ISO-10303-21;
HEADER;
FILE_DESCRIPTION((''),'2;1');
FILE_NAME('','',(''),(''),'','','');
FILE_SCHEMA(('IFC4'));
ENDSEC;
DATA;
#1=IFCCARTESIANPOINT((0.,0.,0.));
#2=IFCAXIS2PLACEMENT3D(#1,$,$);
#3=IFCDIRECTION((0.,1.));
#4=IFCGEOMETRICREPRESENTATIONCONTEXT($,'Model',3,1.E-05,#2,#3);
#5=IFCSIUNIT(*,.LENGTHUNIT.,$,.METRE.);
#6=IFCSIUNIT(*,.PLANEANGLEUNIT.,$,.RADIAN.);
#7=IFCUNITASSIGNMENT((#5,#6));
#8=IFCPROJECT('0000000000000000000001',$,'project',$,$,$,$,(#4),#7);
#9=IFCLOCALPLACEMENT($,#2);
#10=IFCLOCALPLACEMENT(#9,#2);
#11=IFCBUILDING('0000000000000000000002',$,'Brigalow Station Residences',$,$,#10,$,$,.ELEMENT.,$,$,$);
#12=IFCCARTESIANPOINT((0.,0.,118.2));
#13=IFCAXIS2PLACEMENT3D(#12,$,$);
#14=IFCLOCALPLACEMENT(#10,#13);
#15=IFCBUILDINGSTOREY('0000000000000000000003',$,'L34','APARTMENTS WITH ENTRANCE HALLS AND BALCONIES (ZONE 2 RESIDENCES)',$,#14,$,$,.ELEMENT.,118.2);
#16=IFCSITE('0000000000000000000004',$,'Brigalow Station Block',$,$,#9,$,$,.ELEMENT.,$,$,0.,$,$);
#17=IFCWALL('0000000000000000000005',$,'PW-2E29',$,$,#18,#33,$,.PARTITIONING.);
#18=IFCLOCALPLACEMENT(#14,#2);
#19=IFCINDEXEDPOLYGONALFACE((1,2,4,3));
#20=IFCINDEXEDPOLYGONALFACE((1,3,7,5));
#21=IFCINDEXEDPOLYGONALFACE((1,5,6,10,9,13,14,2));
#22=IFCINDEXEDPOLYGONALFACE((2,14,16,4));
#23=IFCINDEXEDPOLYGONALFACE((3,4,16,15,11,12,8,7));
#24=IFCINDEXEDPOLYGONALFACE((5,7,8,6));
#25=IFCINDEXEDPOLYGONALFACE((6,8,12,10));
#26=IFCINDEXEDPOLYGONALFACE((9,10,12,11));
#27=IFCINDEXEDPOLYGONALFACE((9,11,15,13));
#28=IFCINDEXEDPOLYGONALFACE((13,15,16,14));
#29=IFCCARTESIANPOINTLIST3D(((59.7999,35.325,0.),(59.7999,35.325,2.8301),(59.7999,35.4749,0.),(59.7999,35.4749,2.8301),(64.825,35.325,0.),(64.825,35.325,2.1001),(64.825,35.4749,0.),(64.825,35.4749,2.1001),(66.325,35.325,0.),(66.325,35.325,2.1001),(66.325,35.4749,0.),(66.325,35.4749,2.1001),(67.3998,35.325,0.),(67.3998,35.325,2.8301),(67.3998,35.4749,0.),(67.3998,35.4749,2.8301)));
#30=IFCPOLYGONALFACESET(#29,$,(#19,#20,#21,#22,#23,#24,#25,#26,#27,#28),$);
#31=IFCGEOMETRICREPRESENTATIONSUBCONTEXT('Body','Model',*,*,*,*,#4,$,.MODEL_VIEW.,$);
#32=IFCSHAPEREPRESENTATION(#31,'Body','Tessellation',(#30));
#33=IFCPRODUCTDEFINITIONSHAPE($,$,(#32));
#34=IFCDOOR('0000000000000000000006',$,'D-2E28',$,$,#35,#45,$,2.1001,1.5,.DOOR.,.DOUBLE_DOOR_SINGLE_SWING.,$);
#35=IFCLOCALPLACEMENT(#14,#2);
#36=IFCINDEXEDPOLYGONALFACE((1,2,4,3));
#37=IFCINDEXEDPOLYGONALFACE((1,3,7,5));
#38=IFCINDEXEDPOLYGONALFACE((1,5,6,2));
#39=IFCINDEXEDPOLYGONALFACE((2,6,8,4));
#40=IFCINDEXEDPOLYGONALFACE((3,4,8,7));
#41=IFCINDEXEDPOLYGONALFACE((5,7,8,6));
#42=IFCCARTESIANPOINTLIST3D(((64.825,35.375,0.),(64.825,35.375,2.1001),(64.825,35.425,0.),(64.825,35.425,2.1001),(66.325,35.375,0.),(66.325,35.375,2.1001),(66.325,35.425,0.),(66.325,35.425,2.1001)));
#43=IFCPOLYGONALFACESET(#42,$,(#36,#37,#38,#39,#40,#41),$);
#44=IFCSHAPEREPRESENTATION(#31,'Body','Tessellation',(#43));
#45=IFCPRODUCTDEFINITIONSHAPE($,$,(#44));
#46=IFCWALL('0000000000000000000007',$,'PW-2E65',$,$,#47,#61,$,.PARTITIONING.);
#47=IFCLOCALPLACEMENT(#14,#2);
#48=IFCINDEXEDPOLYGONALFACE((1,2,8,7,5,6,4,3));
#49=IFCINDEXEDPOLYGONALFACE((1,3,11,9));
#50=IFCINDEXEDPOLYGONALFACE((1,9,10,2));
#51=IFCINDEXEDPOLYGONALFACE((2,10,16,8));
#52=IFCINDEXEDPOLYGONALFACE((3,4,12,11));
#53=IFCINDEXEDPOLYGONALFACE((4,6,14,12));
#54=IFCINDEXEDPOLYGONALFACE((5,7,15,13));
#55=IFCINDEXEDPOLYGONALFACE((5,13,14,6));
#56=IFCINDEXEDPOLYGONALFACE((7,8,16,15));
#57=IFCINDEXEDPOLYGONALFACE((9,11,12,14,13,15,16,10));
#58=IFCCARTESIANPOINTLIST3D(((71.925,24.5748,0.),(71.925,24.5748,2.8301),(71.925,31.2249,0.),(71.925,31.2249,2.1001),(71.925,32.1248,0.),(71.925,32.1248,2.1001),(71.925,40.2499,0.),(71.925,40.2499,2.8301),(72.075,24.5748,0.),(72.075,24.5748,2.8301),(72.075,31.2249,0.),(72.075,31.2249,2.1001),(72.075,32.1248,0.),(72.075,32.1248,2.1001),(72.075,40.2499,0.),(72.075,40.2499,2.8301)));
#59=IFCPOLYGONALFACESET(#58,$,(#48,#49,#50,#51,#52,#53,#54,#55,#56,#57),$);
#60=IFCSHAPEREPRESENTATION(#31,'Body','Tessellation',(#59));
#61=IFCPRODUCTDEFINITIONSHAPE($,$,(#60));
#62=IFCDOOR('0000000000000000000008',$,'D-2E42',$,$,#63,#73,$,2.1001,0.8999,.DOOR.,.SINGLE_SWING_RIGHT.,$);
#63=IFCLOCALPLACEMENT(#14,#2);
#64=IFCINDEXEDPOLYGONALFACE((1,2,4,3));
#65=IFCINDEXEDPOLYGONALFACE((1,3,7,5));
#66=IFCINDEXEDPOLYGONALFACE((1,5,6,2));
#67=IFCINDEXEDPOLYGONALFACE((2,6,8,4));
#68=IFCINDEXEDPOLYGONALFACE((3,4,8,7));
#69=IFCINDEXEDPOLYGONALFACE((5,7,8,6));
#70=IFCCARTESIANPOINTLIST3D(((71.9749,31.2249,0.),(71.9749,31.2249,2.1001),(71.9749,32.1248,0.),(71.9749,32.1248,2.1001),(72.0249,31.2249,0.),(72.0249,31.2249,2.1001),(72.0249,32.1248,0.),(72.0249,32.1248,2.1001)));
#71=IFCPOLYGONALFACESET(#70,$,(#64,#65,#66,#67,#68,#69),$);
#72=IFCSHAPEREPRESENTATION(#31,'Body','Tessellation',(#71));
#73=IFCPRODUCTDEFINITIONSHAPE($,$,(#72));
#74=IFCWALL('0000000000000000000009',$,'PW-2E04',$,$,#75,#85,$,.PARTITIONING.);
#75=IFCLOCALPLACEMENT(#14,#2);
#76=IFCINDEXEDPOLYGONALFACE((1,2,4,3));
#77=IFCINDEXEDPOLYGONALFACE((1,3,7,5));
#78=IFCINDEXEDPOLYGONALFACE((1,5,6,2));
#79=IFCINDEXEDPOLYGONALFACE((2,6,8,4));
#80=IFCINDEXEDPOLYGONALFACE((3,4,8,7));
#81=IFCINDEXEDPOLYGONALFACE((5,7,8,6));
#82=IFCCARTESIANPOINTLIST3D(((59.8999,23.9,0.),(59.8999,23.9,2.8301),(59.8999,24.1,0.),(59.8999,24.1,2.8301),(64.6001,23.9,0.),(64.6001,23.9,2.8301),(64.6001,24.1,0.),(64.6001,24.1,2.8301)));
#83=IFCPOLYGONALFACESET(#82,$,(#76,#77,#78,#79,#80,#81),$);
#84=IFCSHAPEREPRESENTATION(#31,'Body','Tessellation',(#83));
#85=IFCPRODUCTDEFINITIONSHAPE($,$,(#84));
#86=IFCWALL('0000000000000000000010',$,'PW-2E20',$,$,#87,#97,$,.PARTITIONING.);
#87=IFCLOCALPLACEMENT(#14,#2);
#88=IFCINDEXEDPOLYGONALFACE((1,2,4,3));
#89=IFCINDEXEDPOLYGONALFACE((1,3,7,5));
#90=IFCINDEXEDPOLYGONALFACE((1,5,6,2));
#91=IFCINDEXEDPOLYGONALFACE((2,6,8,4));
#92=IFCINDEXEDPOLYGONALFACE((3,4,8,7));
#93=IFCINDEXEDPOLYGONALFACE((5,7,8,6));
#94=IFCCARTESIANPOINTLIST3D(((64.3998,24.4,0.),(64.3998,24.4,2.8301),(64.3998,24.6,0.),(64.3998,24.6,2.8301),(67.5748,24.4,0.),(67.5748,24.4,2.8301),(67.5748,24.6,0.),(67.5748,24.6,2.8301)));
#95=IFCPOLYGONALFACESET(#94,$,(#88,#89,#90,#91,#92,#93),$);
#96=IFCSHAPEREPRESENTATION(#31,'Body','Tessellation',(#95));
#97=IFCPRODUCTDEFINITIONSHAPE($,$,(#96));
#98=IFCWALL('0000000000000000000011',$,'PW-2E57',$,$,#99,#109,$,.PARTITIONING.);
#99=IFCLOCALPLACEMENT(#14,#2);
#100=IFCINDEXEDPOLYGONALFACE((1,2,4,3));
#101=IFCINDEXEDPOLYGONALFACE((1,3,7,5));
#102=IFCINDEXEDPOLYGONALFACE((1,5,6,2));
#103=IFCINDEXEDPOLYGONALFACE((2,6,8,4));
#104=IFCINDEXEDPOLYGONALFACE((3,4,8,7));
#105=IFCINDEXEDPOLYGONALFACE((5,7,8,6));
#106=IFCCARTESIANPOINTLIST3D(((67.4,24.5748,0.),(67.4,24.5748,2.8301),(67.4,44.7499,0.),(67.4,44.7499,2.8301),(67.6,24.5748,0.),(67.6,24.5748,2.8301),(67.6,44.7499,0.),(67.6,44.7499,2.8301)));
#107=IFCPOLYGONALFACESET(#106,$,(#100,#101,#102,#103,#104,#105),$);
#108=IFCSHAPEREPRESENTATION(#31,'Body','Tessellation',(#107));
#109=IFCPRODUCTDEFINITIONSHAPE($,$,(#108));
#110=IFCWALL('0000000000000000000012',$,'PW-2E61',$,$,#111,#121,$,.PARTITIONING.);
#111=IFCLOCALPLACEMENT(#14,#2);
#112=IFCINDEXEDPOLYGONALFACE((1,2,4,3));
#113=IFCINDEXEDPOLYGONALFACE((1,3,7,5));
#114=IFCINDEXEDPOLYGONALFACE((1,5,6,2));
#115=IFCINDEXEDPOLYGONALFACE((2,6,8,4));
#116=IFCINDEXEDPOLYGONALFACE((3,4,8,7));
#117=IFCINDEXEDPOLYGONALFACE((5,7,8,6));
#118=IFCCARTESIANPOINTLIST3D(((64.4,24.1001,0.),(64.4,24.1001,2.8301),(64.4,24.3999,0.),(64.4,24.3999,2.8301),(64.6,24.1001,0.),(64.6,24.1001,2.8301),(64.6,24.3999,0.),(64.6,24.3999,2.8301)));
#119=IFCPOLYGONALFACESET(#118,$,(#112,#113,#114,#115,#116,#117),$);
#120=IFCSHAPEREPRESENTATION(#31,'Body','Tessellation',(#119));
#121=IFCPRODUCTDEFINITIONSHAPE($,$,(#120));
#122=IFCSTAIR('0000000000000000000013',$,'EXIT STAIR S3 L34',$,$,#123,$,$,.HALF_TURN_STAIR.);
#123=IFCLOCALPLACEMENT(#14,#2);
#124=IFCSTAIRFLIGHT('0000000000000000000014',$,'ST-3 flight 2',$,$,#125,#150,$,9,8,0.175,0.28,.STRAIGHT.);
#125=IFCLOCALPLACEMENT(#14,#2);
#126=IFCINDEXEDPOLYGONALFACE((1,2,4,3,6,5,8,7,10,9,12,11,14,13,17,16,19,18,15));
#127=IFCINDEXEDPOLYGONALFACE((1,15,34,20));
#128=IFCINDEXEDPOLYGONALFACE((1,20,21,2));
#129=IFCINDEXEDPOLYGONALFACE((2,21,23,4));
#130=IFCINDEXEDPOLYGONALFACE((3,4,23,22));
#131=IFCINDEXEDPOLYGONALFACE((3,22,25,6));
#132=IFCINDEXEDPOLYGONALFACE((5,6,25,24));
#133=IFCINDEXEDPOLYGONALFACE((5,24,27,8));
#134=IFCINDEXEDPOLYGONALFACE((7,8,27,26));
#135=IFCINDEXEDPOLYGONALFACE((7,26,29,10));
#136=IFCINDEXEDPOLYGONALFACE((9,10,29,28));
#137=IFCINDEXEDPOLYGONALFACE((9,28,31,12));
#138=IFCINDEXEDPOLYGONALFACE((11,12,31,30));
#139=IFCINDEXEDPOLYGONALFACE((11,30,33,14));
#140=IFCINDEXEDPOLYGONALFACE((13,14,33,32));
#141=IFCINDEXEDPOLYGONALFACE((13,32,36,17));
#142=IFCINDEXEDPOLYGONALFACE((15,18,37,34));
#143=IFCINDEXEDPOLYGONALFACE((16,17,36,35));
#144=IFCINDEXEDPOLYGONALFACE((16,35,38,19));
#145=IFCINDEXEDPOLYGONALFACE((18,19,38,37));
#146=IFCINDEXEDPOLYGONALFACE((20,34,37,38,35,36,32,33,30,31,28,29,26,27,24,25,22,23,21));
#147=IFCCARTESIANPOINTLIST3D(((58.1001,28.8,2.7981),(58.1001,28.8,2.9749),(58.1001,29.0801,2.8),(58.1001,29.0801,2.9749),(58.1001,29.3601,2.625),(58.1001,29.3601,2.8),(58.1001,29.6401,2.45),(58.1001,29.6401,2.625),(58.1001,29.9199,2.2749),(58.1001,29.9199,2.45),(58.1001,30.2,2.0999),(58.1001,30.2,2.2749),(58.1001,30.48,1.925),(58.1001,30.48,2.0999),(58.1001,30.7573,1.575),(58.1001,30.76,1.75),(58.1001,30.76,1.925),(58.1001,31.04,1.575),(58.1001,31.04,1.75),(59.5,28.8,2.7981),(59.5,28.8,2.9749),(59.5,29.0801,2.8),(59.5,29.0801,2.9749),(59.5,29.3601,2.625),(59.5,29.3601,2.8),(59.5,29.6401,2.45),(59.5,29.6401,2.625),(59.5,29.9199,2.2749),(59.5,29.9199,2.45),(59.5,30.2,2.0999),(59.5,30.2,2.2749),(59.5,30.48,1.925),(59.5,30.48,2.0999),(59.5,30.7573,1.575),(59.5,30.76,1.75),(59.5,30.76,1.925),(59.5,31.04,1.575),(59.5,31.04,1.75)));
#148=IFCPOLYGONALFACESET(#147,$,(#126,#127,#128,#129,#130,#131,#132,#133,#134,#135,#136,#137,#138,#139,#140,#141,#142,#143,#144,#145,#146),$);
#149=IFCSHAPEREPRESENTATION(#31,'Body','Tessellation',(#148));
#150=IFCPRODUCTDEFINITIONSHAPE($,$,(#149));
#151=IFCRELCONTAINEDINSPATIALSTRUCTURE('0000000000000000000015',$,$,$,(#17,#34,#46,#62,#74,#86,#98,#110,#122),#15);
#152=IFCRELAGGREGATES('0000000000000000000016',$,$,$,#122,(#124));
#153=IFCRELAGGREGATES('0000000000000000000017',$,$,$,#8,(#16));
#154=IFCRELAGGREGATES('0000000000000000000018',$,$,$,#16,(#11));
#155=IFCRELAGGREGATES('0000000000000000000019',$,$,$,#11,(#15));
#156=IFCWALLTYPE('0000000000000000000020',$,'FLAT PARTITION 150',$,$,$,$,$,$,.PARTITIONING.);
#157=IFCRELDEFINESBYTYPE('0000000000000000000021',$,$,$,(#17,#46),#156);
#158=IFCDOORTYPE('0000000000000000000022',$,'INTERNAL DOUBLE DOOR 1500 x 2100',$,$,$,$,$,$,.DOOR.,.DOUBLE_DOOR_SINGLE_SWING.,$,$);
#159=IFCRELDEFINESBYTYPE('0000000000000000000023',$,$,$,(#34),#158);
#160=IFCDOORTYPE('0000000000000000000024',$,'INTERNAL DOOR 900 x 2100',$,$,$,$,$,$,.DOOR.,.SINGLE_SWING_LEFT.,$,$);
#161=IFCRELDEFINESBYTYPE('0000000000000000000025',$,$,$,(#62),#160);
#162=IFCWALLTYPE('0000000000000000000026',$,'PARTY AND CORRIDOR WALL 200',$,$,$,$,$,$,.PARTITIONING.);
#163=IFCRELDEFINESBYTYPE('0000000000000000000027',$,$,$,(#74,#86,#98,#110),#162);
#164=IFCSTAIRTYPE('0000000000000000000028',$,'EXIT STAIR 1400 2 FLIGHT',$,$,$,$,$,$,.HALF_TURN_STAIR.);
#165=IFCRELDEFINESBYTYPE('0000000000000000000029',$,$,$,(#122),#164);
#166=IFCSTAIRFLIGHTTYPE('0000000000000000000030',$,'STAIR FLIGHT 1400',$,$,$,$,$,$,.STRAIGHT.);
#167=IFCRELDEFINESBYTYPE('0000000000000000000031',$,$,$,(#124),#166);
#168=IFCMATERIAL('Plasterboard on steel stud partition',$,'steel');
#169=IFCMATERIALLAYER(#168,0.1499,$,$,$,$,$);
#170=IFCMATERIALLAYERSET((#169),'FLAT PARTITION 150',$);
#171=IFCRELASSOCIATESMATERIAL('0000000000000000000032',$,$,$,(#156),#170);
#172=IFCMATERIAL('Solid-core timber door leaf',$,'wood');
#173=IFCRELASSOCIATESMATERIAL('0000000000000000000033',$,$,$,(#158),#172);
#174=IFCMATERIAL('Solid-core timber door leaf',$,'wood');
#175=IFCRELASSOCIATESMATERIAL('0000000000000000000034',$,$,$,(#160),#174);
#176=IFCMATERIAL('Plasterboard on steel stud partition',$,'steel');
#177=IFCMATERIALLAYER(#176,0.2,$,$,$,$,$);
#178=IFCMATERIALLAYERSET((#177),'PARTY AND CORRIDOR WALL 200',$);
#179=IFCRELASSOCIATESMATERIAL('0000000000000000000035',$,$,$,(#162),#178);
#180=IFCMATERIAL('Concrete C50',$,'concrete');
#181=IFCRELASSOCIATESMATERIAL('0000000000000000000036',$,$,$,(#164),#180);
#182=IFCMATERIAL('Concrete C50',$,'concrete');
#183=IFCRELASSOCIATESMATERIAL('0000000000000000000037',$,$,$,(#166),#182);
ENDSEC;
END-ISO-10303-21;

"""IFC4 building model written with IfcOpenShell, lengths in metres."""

from ifc_helpers import new_model, si_unit, direction, frame, frame_2d, origin, place, context, subcontext, project, spatial, polyline, rectangle, outline, extrude, material, layer, layer_set, type_object, element, fill, aggregate, save


model = new_model("IFC4")

# Units and contexts
model_context = context("Model", 3, precision=1e-05, world=origin(), true_north=direction((0.0, 1.0)))
body_context = subcontext(model_context, "Body", "Model", "MODEL_VIEW")
ifc_project = project(units=[si_unit("LENGTHUNIT", "METRE"), si_unit("PLANEANGLEUNIT", "RADIAN")], contexts=[model_context])

# Site, building, storey
site_placement = place(None, origin())
site = spatial("IfcSite", under=ifc_project, at=site_placement, Name="Brigalow Station Block", CompositionType="ELEMENT", RefElevation=0.0)
building_placement = place(site_placement, origin())
building = spatial("IfcBuilding", under=site, at=building_placement, Name="Brigalow Station Residences", CompositionType="ELEMENT")
storey_placement = place(building_placement, frame((0.0, 0.0, 118.2)))
storey = spatial("IfcBuildingStorey", under=building, at=storey_placement, Name="L34", Description="APARTMENTS WITH ENTRANCE HALLS AND BALCONIES (ZONE 2 RESIDENCES)", CompositionType="ELEMENT", Elevation=118.2)

# Shared definitions
ifc_material_1 = material(Name="Plasterboard on steel stud partition", Category="steel")
ifc_layer_1 = layer(ifc_material_1, 0.1499)
ifc_layer_set_1 = layer_set([ifc_layer_1], Name="FLAT PARTITION 150")
wall_type_1 = type_object("IfcWallType", Name="FLAT PARTITION 150", PredefinedType="PARTITIONING", material=ifc_layer_set_1)
ifc_material_2 = material(Name="Solid-core timber door leaf", Category="wood")
door_type_1 = type_object("IfcDoorType", Name="INTERNAL DOUBLE DOOR 1500 x 2100", OperationType="DOUBLE_DOOR_SINGLE_SWING", PredefinedType="DOOR", material=ifc_material_2)
ifc_material_3 = material(Name="Solid-core timber door leaf", Category="wood")
door_type_2 = type_object("IfcDoorType", Name="INTERNAL DOOR 900 x 2100", OperationType="SINGLE_SWING_LEFT", PredefinedType="DOOR", material=ifc_material_3)

# Walls, openings, doors
wall_1_placement = place(storey_placement, frame((59.8, 35.3999, 0.0), z_axis=(0.0, 0.0, 1.0), x_axis=(1.0, 0.0, 0.0)))
wall_1 = element("IfcWall", 1, at=wall_1_placement, inside=storey, type_object=wall_type_1, Name="PW-2E29", PredefinedType="PARTITIONING", context=body_context, shape_type="SweptSolid", body=[
    extrude(rectangle(XDim=7.5999, YDim=0.1499, at=frame_2d((3.7998, 0.0))), origin(), (0.0, 0.0, 1.0), 2.8301),
])
opening_1_placement = place(wall_1_placement, frame((5.0249, 0.0, 0.0)))
opening_1 = element("IfcOpeningElement", 2, at=opening_1_placement, cuts=wall_1, PredefinedType="OPENING", context=body_context, shape_type="SweptSolid", body=[
    extrude(rectangle(XDim=1.5, YDim=2.1001, at=frame_2d((0.75, 1.05))), frame((0.0, 0.085, 0.0), z_axis=(0.0, -1.0, 0.0), x_axis=(1.0, 0.0, 0.0)), (0.0, 0.0, 1.0), 0.1699),
])
door_1_placement = place(opening_1_placement, frame((1.5, 0.0, 0.0), z_axis=(0.0, 0.0, 1.0), x_axis=(-1.0, 0.0, 0.0)))
door_1 = element("IfcDoor", 3, at=door_1_placement, inside=storey, type_object=door_type_1, Name="D-2E28", OperationType="DOUBLE_DOOR_SINGLE_SWING", OverallHeight=2.1001, OverallWidth=1.5, PredefinedType="DOOR", context=body_context, shape_type="SweptSolid", body=[
    extrude(rectangle(XDim=1.5, YDim=2.1001, at=frame_2d((0.75, 1.05))), frame((0.0, 0.0249, 0.0), z_axis=(0.0, -1.0, 0.0), x_axis=(1.0, 0.0, 0.0)), (0.0, 0.0, 1.0), 0.05),
])
fill(opening_1, door_1)
wall_2_placement = place(storey_placement, frame((72.0, 24.575, 0.0), z_axis=(0.0, 0.0, 1.0), x_axis=(0.0, 1.0, 0.0)))
wall_2 = element("IfcWall", 4, at=wall_2_placement, inside=storey, type_object=wall_type_1, Name="PW-2E65", PredefinedType="PARTITIONING", context=body_context, shape_type="SweptSolid", body=[
    extrude(rectangle(XDim=15.675, YDim=0.1499, at=frame_2d((7.8374, 0.0))), origin(), (0.0, 0.0, 1.0), 2.8301),
])
opening_2_placement = place(wall_2_placement, frame((6.6499, 0.0, 0.0)))
opening_2 = element("IfcOpeningElement", 5, at=opening_2_placement, cuts=wall_2, PredefinedType="OPENING", context=body_context, shape_type="SweptSolid", body=[
    extrude(rectangle(XDim=0.8999, YDim=2.1001, at=frame_2d((0.45, 1.05))), frame((0.0, 0.085, 0.0), z_axis=(0.0, -1.0, 0.0), x_axis=(1.0, 0.0, 0.0)), (0.0, 0.0, 1.0), 0.1699),
])
door_2_placement = place(opening_2_placement, frame((0.8999, 0.0, 0.0), z_axis=(0.0, 0.0, 1.0), x_axis=(-1.0, 0.0, 0.0)))
door_2 = element("IfcDoor", 6, at=door_2_placement, inside=storey, type_object=door_type_2, Name="D-2E42", OperationType="SINGLE_SWING_RIGHT", OverallHeight=2.1001, OverallWidth=0.8999, PredefinedType="DOOR", context=body_context, shape_type="SweptSolid", body=[
    extrude(rectangle(XDim=0.8999, YDim=2.1001, at=frame_2d((0.45, 1.05))), frame((0.0, 0.0249, 0.0), z_axis=(0.0, -1.0, 0.0), x_axis=(1.0, 0.0, 0.0)), (0.0, 0.0, 1.0), 0.05),
])
fill(opening_2, door_2)

# Walls
ifc_material_4 = material(Name="Plasterboard on steel stud partition", Category="steel")
ifc_layer_2 = layer(ifc_material_4, 0.2)
ifc_layer_set_2 = layer_set([ifc_layer_2], Name="PARTY AND CORRIDOR WALL 200")
wall_type_2 = type_object("IfcWallType", Name="PARTY AND CORRIDOR WALL 200", PredefinedType="PARTITIONING", material=ifc_layer_set_2)
wall_3_placement = place(storey_placement, frame((59.8999, 24.0, 0.0), z_axis=(0.0, 0.0, 1.0), x_axis=(1.0, 0.0, 0.0)))
element("IfcWall", 7, at=wall_3_placement, inside=storey, type_object=wall_type_2, Name="PW-2E04", PredefinedType="PARTITIONING", context=body_context, shape_type="SweptSolid", body=[
    extrude(rectangle(XDim=4.7002, YDim=0.2, at=frame_2d((2.3501, 0.0))), origin(), (0.0, 0.0, 1.0), 2.8301),
])
wall_4_placement = place(storey_placement, frame((64.3999, 24.5, 0.0), z_axis=(0.0, 0.0, 1.0), x_axis=(1.0, 0.0, 0.0)))
element("IfcWall", 8, at=wall_4_placement, inside=storey, type_object=wall_type_2, Name="PW-2E20", PredefinedType="PARTITIONING", context=body_context, shape_type="SweptSolid", body=[
    extrude(rectangle(XDim=3.175, YDim=0.2, at=frame_2d((1.5874, 0.0))), origin(), (0.0, 0.0, 1.0), 2.8301),
])
wall_5_placement = place(storey_placement, frame((67.5, 24.575, 0.0), z_axis=(0.0, 0.0, 1.0), x_axis=(0.0, 1.0, 0.0)))
element("IfcWall", 9, at=wall_5_placement, inside=storey, type_object=wall_type_2, Name="PW-2E57", PredefinedType="PARTITIONING", context=body_context, shape_type="SweptSolid", body=[
    extrude(rectangle(XDim=20.175, YDim=0.2, at=frame_2d((10.0874, 0.0))), origin(), (0.0, 0.0, 1.0), 2.8301),
])
wall_6_placement = place(storey_placement, frame((64.5, 24.1001, 0.0), z_axis=(0.0, 0.0, 1.0), x_axis=(0.0, 1.0, 0.0)))
element("IfcWall", 10, at=wall_6_placement, inside=storey, type_object=wall_type_2, Name="PW-2E61", PredefinedType="PARTITIONING", context=body_context, shape_type="SweptSolid", body=[
    extrude(rectangle(XDim=0.2998, YDim=0.2, at=frame_2d((0.1499, 0.0))), origin(), (0.0, 0.0, 1.0), 2.8301),
])

# Stair, stair flight
ifc_material_5 = material(Name="Concrete C50", Category="concrete")
stair_type = type_object("IfcStairType", Name="EXIT STAIR 1400 2 FLIGHT", PredefinedType="HALF_TURN_STAIR", material=ifc_material_5)
stair_placement = place(storey_placement, origin())
stair = element("IfcStair", 11, at=stair_placement, inside=storey, type_object=stair_type, Name="EXIT STAIR S3 L34", PredefinedType="HALF_TURN_STAIR")
ifc_material_6 = material(Name="Concrete C50", Category="concrete")
stair_flight_type = type_object("IfcStairFlightType", Name="STAIR FLIGHT 1400", PredefinedType="STRAIGHT", material=ifc_material_6)
stair_flight_placement = place(storey_placement, frame((58.8, 31.04, 1.575), z_axis=(0.0, 0.0, 1.0), x_axis=(0.0, -1.0, 0.0)))
stair_flight = element("IfcStairFlight", 12, at=stair_flight_placement, type_object=stair_flight_type, Name="ST-3 flight 2", NumberOfRisers=9, NumberOfTreads=8, PredefinedType="STRAIGHT", RiserHeight=0.175, TreadLength=0.28, context=body_context, shape_type="SweptSolid", body=[
    extrude(outline(polyline([(0.0, 0.0), (0.0, 0.175), (0.28, 0.175), (0.28, 0.3501), (0.5601, 0.3501), (0.5601, 0.5249), (0.8401, 0.5249), (0.8401, 0.7), (1.1201, 0.7), (1.1201, 0.875), (1.3999, 0.875), (1.3999, 1.05), (1.6799, 1.05), (1.6799, 1.2251), (1.96, 1.2251), (1.96, 1.3999), (2.24, 1.3999), (2.24, 1.575), (2.24, 1.2231), (0.2827, 0.0), (0.0, 0.0)])), frame((0.0, 0.7, 0.0), z_axis=(0.0, -1.0, 0.0), x_axis=(1.0, 0.0, 0.0)), (0.0, 0.0, 1.0), 1.3999),
])
aggregate(stair, [stair_flight])

save(model, "model.ifc")
